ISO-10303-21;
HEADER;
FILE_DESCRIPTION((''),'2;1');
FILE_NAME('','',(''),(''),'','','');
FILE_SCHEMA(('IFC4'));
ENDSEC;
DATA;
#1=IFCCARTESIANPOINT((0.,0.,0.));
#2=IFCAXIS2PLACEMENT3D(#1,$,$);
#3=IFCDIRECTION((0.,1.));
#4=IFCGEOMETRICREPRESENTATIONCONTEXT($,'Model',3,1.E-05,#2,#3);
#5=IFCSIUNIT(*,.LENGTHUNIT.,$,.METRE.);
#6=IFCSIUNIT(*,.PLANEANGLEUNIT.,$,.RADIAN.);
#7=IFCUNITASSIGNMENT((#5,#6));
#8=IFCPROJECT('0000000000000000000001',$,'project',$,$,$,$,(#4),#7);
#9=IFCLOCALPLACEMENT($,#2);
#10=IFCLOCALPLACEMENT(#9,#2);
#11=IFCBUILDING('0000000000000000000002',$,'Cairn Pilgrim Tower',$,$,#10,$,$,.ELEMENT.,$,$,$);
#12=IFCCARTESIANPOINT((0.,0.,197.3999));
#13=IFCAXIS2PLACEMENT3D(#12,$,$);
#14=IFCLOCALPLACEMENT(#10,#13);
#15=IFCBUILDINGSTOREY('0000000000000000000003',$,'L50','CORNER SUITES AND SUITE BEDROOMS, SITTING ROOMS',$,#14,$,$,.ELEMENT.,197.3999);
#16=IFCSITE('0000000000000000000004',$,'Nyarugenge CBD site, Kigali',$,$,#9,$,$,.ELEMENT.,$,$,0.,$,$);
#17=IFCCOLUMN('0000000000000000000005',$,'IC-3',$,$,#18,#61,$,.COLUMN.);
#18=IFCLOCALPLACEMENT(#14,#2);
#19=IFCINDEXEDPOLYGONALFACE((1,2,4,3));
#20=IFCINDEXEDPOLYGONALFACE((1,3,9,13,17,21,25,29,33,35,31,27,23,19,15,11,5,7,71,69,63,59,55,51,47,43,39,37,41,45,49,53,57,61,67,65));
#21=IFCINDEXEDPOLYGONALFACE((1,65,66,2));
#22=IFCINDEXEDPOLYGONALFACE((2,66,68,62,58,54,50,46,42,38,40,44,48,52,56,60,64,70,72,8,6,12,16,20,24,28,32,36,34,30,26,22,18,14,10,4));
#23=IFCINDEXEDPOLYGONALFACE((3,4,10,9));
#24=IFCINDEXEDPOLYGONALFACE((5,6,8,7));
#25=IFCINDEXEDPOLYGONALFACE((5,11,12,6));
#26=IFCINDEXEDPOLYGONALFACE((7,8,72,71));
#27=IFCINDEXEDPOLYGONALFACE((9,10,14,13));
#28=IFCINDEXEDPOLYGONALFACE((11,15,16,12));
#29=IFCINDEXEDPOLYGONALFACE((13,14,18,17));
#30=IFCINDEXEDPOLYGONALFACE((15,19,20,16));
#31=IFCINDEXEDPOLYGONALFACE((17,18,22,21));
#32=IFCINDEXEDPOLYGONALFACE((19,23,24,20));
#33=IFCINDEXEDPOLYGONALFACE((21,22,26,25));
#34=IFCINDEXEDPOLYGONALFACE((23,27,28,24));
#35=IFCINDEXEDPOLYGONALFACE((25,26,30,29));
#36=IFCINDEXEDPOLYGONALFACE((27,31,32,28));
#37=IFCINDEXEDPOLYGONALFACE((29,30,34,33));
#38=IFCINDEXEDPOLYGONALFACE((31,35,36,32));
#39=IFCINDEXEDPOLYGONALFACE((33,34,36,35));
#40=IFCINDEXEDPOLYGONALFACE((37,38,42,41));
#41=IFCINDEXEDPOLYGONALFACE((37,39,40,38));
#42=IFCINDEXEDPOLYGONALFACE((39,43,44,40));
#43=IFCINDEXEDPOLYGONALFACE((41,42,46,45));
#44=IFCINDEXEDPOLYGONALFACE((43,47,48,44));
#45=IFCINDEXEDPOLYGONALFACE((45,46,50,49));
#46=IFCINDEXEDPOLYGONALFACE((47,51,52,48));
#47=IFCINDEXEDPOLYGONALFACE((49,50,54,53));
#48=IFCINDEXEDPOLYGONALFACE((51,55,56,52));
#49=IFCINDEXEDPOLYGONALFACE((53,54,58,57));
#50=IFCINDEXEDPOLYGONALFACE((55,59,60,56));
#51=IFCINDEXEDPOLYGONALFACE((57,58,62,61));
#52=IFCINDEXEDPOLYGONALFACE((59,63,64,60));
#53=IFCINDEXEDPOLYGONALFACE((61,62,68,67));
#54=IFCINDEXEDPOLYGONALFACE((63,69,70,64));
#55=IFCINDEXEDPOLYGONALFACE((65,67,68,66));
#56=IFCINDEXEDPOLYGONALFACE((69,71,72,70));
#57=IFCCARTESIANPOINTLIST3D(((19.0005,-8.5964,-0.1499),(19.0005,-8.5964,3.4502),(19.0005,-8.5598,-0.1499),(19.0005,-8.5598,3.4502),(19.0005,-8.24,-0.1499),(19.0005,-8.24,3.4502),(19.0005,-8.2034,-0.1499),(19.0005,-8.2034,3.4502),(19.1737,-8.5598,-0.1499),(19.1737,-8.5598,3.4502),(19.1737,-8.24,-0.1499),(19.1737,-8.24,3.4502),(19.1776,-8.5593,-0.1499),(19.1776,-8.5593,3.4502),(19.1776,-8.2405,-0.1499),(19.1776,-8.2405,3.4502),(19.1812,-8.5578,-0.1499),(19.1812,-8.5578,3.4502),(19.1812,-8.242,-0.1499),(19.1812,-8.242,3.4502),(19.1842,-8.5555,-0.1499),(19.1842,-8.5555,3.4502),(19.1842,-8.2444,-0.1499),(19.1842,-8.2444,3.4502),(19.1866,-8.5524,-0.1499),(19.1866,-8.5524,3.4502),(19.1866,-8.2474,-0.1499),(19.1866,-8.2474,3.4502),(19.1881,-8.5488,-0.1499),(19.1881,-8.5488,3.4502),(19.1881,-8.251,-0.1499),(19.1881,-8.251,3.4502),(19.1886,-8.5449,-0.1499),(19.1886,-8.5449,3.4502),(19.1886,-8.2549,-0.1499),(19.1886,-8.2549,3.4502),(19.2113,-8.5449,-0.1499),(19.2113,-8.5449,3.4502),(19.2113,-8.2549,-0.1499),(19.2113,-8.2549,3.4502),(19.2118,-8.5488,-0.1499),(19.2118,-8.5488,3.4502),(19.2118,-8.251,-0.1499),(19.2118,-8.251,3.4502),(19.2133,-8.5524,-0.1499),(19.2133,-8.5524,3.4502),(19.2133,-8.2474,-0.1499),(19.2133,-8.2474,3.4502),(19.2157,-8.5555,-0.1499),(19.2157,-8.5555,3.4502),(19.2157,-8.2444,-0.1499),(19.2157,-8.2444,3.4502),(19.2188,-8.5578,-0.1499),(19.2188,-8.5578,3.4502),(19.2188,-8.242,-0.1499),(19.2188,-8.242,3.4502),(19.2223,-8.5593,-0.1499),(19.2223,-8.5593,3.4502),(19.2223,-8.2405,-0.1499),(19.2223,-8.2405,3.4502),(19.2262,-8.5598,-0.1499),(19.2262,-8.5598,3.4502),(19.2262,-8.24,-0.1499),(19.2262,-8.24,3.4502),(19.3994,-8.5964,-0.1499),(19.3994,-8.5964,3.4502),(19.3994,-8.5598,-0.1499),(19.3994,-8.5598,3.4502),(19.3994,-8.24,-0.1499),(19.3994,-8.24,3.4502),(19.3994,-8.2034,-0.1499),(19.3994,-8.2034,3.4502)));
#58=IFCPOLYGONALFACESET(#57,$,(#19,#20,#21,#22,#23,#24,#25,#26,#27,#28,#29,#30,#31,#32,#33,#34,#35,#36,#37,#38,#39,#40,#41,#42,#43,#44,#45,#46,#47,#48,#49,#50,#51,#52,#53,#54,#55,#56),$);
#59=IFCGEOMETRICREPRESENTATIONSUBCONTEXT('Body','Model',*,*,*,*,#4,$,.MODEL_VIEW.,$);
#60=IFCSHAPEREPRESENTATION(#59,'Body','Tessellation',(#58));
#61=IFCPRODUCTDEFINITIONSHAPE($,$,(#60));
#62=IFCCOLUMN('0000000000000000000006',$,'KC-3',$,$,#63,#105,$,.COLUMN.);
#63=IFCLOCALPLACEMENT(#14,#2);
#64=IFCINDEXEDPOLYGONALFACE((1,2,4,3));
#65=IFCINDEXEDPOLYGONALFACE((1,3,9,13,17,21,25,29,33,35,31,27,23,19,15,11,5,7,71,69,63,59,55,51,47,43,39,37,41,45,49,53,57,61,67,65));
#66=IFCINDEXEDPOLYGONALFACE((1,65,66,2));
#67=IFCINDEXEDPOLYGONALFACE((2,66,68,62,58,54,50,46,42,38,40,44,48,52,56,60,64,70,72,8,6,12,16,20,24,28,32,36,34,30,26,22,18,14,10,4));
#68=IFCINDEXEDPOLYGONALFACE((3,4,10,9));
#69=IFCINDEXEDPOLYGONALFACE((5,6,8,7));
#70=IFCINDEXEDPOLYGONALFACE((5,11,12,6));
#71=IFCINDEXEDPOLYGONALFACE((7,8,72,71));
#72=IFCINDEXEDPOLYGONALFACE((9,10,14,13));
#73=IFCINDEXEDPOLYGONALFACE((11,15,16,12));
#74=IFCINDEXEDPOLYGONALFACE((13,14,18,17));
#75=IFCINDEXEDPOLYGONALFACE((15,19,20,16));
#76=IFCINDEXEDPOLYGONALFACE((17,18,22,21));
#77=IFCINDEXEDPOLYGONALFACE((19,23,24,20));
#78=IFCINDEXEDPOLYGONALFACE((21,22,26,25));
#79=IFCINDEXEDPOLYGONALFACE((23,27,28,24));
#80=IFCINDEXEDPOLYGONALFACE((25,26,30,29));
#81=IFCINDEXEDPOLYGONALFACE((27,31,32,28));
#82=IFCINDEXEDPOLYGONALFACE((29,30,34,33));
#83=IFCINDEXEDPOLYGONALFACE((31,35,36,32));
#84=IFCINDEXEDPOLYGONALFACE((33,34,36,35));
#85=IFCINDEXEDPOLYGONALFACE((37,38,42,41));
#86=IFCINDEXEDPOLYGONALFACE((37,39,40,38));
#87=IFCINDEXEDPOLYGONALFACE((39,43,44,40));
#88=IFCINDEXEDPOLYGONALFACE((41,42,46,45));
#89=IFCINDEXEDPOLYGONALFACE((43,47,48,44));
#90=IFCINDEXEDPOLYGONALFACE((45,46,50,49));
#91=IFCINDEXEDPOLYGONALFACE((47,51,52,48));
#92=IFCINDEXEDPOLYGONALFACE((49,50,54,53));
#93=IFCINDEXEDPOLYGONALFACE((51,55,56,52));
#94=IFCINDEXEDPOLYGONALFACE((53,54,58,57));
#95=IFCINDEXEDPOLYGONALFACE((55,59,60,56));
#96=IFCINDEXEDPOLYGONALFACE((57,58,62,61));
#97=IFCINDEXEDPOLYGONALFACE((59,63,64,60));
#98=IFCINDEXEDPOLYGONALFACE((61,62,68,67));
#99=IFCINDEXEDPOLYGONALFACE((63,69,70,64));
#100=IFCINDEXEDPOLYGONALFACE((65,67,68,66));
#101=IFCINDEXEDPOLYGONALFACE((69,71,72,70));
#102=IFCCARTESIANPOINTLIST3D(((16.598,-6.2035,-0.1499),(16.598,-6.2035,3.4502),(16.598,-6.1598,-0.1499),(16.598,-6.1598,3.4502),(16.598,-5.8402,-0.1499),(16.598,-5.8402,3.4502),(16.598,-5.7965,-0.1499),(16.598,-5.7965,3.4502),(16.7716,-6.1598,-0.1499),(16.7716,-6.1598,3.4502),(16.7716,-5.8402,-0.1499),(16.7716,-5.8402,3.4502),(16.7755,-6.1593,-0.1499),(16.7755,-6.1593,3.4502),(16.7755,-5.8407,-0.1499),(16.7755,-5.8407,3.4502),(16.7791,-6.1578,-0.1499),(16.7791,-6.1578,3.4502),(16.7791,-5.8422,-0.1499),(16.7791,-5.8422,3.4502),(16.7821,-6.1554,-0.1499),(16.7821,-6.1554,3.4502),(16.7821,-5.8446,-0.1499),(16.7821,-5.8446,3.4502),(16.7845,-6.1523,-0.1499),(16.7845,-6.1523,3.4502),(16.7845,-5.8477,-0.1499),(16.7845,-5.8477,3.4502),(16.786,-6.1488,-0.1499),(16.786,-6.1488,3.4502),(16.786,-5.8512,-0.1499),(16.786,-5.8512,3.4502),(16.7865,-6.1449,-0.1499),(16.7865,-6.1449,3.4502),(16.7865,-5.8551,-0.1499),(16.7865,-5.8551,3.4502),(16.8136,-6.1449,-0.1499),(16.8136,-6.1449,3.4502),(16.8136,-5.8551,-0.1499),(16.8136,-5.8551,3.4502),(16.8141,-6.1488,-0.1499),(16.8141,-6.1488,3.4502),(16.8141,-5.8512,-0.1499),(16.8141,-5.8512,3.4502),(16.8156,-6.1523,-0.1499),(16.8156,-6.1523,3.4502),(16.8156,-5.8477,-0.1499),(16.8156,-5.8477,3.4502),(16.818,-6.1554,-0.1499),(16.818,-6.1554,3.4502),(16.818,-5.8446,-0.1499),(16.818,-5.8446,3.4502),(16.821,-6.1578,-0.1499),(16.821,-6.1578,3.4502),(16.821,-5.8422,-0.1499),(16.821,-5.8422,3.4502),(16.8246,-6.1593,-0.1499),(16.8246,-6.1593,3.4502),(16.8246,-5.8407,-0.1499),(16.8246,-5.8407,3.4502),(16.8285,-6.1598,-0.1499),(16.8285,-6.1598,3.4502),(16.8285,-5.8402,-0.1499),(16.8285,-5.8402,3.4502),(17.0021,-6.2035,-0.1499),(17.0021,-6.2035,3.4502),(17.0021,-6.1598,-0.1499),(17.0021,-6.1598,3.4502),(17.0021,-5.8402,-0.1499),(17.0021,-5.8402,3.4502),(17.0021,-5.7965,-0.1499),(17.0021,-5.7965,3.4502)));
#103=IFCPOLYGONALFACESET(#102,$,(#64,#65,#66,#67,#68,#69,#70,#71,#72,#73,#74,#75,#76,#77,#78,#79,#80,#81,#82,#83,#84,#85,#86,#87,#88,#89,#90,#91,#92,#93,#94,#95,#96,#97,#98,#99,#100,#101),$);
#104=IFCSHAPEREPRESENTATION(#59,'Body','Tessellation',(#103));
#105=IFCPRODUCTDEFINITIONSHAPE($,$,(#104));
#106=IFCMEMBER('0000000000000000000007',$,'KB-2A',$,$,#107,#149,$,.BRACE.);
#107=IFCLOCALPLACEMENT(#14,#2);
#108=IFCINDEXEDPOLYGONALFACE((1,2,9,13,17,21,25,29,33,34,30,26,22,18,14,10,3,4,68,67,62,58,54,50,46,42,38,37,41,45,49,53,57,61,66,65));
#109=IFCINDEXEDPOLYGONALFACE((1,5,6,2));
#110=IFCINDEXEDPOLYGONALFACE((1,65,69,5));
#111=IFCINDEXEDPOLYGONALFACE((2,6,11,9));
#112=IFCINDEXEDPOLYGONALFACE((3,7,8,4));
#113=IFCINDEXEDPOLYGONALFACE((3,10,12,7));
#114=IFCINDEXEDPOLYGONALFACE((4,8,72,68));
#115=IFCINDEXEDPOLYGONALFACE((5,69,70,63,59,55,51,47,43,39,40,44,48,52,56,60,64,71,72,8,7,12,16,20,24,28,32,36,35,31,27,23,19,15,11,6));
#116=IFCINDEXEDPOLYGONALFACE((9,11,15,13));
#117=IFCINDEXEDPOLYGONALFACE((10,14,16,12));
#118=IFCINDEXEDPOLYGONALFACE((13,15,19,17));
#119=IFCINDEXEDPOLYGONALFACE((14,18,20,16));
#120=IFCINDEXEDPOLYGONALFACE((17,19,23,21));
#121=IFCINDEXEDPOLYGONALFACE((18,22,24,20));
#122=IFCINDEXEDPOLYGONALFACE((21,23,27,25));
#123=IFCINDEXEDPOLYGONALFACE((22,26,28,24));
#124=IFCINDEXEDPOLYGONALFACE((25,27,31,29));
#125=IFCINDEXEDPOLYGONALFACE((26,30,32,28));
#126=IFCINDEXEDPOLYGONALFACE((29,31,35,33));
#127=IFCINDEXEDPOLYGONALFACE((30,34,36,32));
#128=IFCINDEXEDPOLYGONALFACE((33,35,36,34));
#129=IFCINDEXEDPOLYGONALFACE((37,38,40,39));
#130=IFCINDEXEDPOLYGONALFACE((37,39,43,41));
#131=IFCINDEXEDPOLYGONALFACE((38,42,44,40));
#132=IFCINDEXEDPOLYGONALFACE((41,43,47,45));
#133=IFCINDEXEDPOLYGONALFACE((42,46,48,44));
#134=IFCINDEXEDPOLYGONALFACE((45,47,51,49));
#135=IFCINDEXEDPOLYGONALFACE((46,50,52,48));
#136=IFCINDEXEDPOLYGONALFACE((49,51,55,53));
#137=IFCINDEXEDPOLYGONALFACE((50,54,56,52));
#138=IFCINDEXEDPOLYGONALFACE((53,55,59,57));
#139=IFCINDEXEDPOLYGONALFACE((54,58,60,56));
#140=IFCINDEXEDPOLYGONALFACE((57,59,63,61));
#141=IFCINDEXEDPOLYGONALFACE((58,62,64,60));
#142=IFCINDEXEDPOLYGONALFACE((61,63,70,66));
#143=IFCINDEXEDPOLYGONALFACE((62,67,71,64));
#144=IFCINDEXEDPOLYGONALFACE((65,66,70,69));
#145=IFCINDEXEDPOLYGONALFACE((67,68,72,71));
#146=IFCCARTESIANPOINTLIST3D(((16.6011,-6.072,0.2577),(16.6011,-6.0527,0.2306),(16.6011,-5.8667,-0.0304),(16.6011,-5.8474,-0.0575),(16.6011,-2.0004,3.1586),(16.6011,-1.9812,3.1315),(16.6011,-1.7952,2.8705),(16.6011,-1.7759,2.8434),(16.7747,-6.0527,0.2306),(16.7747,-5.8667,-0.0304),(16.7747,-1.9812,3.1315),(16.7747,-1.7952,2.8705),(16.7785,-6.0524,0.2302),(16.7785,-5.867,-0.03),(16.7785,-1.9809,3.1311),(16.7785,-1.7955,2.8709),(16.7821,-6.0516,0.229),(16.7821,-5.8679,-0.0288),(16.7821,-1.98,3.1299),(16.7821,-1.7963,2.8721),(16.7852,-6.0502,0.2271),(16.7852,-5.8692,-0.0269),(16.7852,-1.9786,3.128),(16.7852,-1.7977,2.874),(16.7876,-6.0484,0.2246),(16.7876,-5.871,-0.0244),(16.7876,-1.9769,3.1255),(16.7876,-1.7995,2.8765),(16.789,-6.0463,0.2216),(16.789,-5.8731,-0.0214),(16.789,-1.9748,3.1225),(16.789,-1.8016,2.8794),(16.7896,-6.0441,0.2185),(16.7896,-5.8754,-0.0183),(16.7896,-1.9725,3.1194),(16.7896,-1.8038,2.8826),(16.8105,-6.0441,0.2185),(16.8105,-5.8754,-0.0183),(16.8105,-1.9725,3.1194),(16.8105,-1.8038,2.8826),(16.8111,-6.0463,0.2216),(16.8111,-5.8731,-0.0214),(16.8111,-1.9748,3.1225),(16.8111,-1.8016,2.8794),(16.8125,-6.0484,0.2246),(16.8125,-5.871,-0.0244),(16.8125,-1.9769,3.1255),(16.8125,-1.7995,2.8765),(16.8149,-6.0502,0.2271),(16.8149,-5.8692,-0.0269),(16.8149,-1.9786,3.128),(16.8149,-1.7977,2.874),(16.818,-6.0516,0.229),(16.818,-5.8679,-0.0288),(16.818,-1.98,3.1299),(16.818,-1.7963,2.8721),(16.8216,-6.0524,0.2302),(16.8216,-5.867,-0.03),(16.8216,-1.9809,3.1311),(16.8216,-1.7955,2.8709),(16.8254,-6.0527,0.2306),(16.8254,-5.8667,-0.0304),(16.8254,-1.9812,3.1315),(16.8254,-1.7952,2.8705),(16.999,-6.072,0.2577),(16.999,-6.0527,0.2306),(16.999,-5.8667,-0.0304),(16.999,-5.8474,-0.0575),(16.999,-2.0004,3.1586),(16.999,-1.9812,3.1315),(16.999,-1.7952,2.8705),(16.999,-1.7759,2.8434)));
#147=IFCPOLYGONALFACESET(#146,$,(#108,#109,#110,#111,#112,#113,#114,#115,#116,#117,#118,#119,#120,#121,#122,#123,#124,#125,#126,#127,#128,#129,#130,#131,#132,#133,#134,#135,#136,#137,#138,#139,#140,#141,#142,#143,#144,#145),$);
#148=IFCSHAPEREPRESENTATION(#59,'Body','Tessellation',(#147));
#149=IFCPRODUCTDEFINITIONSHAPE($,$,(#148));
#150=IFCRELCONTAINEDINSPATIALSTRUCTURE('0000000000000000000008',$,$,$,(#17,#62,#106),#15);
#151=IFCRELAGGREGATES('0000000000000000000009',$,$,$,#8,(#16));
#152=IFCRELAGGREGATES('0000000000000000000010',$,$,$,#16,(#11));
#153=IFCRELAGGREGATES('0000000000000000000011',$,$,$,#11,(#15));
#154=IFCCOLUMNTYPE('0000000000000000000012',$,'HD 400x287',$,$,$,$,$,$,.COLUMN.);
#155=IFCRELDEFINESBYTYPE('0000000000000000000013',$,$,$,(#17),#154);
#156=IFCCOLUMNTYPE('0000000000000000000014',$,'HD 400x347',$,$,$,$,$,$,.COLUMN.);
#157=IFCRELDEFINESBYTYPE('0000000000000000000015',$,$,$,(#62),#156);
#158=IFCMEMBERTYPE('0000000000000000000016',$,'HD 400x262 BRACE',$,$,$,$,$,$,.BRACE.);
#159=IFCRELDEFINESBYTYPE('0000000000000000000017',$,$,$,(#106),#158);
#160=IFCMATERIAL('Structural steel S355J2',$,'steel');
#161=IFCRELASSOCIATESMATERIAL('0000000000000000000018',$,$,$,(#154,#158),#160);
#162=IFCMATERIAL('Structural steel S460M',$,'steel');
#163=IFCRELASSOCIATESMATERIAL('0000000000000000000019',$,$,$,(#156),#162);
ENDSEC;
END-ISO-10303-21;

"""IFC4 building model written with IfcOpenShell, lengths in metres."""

from ifc_helpers import new_model, si_unit, direction, frame, origin, origin_2d, place, context, subcontext, project, spatial, i_section, extrude, material, material_profile, profile_set, type_object, element, save


model = new_model("IFC4")

# Units and contexts
model_context = context("Model", 3, precision=1e-05, world=origin(), true_north=direction((0.0, 1.0)))
body_context = subcontext(model_context, "Body", "Model", "MODEL_VIEW")
ifc_project = project(units=[si_unit("LENGTHUNIT", "METRE"), si_unit("PLANEANGLEUNIT", "RADIAN")], contexts=[model_context])

# Site, building, storey
site_placement = place(None, origin())
site = spatial("IfcSite", under=ifc_project, at=site_placement, Name="Nyarugenge CBD site, Kigali", CompositionType="ELEMENT", RefElevation=0.0)
building_placement = place(site_placement, origin())
building = spatial("IfcBuilding", under=site, at=building_placement, Name="Cairn Pilgrim Tower", CompositionType="ELEMENT")
storey_placement = place(building_placement, frame((0.0, 0.0, 197.3999)))
storey = spatial("IfcBuildingStorey", under=building, at=storey_placement, Name="L50", Description="CORNER SUITES AND SUITE BEDROOMS, SITTING ROOMS", CompositionType="ELEMENT", Elevation=197.3999)

# Columns
ifc_material_1 = material(Name="Structural steel S355J2", Category="steel")
ifc_material_profile_1 = material_profile(ifc_material_1, i_section(OverallWidth=0.3989, OverallDepth=0.3931, WebThickness=0.0227, FlangeThickness=0.0366, FilletRadius=0.0149, at=origin_2d()), Name="HD 400x287")
ifc_profile_set_1 = profile_set([ifc_material_profile_1], Name="Structural steel S355J2")
column_type_1 = type_object("IfcColumnType", Name="HD 400x287", PredefinedType="COLUMN", material=ifc_profile_set_1)
column_1_placement = place(storey_placement, frame((19.2, -8.3999, -0.1499), z_axis=(0.0, 0.0, 1.0), x_axis=(1.0, 0.0, 0.0)))
element("IfcColumn", 1, at=column_1_placement, inside=storey, type_object=column_type_1, Name="IC-3", PredefinedType="COLUMN", context=body_context, shape_type="SweptSolid", body=[
    extrude(i_section(OverallWidth=0.3989, OverallDepth=0.3931, WebThickness=0.0227, FlangeThickness=0.0366, FilletRadius=0.0149, at=origin_2d()), origin(), (0.0, 0.0, 1.0), 3.6001),
])
ifc_material_2 = material(Name="Structural steel S460M", Category="steel")
ifc_material_profile_2 = material_profile(ifc_material_2, i_section(OverallWidth=0.4041, OverallDepth=0.407, WebThickness=0.0271, FlangeThickness=0.0437, FilletRadius=0.0149, at=origin_2d()), Name="HD 400x347")
ifc_profile_set_2 = profile_set([ifc_material_profile_2], Name="Structural steel S460M")
column_type_2 = type_object("IfcColumnType", Name="HD 400x347", PredefinedType="COLUMN", material=ifc_profile_set_2)
column_2_placement = place(storey_placement, frame((16.8, -6.0, -0.1499), z_axis=(0.0, 0.0, 1.0), x_axis=(1.0, 0.0, 0.0)))
element("IfcColumn", 2, at=column_2_placement, inside=storey, type_object=column_type_2, Name="KC-3", PredefinedType="COLUMN", context=body_context, shape_type="SweptSolid", body=[
    extrude(i_section(OverallWidth=0.4041, OverallDepth=0.407, WebThickness=0.0271, FlangeThickness=0.0437, FilletRadius=0.0149, at=origin_2d()), origin(), (0.0, 0.0, 1.0), 3.6001),
])

# Member
ifc_material_profile_3 = material_profile(ifc_material_1, i_section(OverallWidth=0.3979, OverallDepth=0.387, WebThickness=0.021, FlangeThickness=0.0332, FilletRadius=0.0149, at=origin_2d()), Name="HD 400x262")
ifc_profile_set_3 = profile_set([ifc_material_profile_3], Name="Structural steel S355J2")
member_type = type_object("IfcMemberType", Name="HD 400x262 BRACE", PredefinedType="BRACE", material=ifc_profile_set_3)
member_placement = place(storey_placement, frame((16.8, -5.9597, 0.1001), z_axis=(0.0, 0.814429, 0.580263), x_axis=(-1.0, 0.0, 0.0)))
element("IfcMember", 3, at=member_placement, inside=storey, type_object=member_type, Name="KB-2A", PredefinedType="BRACE", context=body_context, shape_type="SweptSolid", body=[
    extrude(i_section(OverallWidth=0.3979, OverallDepth=0.387, WebThickness=0.021, FlangeThickness=0.0332, FilletRadius=0.0149, at=origin_2d()), origin(), (0.0, 0.0, 1.0), 4.9993),
])

save(model, "model.ifc")
